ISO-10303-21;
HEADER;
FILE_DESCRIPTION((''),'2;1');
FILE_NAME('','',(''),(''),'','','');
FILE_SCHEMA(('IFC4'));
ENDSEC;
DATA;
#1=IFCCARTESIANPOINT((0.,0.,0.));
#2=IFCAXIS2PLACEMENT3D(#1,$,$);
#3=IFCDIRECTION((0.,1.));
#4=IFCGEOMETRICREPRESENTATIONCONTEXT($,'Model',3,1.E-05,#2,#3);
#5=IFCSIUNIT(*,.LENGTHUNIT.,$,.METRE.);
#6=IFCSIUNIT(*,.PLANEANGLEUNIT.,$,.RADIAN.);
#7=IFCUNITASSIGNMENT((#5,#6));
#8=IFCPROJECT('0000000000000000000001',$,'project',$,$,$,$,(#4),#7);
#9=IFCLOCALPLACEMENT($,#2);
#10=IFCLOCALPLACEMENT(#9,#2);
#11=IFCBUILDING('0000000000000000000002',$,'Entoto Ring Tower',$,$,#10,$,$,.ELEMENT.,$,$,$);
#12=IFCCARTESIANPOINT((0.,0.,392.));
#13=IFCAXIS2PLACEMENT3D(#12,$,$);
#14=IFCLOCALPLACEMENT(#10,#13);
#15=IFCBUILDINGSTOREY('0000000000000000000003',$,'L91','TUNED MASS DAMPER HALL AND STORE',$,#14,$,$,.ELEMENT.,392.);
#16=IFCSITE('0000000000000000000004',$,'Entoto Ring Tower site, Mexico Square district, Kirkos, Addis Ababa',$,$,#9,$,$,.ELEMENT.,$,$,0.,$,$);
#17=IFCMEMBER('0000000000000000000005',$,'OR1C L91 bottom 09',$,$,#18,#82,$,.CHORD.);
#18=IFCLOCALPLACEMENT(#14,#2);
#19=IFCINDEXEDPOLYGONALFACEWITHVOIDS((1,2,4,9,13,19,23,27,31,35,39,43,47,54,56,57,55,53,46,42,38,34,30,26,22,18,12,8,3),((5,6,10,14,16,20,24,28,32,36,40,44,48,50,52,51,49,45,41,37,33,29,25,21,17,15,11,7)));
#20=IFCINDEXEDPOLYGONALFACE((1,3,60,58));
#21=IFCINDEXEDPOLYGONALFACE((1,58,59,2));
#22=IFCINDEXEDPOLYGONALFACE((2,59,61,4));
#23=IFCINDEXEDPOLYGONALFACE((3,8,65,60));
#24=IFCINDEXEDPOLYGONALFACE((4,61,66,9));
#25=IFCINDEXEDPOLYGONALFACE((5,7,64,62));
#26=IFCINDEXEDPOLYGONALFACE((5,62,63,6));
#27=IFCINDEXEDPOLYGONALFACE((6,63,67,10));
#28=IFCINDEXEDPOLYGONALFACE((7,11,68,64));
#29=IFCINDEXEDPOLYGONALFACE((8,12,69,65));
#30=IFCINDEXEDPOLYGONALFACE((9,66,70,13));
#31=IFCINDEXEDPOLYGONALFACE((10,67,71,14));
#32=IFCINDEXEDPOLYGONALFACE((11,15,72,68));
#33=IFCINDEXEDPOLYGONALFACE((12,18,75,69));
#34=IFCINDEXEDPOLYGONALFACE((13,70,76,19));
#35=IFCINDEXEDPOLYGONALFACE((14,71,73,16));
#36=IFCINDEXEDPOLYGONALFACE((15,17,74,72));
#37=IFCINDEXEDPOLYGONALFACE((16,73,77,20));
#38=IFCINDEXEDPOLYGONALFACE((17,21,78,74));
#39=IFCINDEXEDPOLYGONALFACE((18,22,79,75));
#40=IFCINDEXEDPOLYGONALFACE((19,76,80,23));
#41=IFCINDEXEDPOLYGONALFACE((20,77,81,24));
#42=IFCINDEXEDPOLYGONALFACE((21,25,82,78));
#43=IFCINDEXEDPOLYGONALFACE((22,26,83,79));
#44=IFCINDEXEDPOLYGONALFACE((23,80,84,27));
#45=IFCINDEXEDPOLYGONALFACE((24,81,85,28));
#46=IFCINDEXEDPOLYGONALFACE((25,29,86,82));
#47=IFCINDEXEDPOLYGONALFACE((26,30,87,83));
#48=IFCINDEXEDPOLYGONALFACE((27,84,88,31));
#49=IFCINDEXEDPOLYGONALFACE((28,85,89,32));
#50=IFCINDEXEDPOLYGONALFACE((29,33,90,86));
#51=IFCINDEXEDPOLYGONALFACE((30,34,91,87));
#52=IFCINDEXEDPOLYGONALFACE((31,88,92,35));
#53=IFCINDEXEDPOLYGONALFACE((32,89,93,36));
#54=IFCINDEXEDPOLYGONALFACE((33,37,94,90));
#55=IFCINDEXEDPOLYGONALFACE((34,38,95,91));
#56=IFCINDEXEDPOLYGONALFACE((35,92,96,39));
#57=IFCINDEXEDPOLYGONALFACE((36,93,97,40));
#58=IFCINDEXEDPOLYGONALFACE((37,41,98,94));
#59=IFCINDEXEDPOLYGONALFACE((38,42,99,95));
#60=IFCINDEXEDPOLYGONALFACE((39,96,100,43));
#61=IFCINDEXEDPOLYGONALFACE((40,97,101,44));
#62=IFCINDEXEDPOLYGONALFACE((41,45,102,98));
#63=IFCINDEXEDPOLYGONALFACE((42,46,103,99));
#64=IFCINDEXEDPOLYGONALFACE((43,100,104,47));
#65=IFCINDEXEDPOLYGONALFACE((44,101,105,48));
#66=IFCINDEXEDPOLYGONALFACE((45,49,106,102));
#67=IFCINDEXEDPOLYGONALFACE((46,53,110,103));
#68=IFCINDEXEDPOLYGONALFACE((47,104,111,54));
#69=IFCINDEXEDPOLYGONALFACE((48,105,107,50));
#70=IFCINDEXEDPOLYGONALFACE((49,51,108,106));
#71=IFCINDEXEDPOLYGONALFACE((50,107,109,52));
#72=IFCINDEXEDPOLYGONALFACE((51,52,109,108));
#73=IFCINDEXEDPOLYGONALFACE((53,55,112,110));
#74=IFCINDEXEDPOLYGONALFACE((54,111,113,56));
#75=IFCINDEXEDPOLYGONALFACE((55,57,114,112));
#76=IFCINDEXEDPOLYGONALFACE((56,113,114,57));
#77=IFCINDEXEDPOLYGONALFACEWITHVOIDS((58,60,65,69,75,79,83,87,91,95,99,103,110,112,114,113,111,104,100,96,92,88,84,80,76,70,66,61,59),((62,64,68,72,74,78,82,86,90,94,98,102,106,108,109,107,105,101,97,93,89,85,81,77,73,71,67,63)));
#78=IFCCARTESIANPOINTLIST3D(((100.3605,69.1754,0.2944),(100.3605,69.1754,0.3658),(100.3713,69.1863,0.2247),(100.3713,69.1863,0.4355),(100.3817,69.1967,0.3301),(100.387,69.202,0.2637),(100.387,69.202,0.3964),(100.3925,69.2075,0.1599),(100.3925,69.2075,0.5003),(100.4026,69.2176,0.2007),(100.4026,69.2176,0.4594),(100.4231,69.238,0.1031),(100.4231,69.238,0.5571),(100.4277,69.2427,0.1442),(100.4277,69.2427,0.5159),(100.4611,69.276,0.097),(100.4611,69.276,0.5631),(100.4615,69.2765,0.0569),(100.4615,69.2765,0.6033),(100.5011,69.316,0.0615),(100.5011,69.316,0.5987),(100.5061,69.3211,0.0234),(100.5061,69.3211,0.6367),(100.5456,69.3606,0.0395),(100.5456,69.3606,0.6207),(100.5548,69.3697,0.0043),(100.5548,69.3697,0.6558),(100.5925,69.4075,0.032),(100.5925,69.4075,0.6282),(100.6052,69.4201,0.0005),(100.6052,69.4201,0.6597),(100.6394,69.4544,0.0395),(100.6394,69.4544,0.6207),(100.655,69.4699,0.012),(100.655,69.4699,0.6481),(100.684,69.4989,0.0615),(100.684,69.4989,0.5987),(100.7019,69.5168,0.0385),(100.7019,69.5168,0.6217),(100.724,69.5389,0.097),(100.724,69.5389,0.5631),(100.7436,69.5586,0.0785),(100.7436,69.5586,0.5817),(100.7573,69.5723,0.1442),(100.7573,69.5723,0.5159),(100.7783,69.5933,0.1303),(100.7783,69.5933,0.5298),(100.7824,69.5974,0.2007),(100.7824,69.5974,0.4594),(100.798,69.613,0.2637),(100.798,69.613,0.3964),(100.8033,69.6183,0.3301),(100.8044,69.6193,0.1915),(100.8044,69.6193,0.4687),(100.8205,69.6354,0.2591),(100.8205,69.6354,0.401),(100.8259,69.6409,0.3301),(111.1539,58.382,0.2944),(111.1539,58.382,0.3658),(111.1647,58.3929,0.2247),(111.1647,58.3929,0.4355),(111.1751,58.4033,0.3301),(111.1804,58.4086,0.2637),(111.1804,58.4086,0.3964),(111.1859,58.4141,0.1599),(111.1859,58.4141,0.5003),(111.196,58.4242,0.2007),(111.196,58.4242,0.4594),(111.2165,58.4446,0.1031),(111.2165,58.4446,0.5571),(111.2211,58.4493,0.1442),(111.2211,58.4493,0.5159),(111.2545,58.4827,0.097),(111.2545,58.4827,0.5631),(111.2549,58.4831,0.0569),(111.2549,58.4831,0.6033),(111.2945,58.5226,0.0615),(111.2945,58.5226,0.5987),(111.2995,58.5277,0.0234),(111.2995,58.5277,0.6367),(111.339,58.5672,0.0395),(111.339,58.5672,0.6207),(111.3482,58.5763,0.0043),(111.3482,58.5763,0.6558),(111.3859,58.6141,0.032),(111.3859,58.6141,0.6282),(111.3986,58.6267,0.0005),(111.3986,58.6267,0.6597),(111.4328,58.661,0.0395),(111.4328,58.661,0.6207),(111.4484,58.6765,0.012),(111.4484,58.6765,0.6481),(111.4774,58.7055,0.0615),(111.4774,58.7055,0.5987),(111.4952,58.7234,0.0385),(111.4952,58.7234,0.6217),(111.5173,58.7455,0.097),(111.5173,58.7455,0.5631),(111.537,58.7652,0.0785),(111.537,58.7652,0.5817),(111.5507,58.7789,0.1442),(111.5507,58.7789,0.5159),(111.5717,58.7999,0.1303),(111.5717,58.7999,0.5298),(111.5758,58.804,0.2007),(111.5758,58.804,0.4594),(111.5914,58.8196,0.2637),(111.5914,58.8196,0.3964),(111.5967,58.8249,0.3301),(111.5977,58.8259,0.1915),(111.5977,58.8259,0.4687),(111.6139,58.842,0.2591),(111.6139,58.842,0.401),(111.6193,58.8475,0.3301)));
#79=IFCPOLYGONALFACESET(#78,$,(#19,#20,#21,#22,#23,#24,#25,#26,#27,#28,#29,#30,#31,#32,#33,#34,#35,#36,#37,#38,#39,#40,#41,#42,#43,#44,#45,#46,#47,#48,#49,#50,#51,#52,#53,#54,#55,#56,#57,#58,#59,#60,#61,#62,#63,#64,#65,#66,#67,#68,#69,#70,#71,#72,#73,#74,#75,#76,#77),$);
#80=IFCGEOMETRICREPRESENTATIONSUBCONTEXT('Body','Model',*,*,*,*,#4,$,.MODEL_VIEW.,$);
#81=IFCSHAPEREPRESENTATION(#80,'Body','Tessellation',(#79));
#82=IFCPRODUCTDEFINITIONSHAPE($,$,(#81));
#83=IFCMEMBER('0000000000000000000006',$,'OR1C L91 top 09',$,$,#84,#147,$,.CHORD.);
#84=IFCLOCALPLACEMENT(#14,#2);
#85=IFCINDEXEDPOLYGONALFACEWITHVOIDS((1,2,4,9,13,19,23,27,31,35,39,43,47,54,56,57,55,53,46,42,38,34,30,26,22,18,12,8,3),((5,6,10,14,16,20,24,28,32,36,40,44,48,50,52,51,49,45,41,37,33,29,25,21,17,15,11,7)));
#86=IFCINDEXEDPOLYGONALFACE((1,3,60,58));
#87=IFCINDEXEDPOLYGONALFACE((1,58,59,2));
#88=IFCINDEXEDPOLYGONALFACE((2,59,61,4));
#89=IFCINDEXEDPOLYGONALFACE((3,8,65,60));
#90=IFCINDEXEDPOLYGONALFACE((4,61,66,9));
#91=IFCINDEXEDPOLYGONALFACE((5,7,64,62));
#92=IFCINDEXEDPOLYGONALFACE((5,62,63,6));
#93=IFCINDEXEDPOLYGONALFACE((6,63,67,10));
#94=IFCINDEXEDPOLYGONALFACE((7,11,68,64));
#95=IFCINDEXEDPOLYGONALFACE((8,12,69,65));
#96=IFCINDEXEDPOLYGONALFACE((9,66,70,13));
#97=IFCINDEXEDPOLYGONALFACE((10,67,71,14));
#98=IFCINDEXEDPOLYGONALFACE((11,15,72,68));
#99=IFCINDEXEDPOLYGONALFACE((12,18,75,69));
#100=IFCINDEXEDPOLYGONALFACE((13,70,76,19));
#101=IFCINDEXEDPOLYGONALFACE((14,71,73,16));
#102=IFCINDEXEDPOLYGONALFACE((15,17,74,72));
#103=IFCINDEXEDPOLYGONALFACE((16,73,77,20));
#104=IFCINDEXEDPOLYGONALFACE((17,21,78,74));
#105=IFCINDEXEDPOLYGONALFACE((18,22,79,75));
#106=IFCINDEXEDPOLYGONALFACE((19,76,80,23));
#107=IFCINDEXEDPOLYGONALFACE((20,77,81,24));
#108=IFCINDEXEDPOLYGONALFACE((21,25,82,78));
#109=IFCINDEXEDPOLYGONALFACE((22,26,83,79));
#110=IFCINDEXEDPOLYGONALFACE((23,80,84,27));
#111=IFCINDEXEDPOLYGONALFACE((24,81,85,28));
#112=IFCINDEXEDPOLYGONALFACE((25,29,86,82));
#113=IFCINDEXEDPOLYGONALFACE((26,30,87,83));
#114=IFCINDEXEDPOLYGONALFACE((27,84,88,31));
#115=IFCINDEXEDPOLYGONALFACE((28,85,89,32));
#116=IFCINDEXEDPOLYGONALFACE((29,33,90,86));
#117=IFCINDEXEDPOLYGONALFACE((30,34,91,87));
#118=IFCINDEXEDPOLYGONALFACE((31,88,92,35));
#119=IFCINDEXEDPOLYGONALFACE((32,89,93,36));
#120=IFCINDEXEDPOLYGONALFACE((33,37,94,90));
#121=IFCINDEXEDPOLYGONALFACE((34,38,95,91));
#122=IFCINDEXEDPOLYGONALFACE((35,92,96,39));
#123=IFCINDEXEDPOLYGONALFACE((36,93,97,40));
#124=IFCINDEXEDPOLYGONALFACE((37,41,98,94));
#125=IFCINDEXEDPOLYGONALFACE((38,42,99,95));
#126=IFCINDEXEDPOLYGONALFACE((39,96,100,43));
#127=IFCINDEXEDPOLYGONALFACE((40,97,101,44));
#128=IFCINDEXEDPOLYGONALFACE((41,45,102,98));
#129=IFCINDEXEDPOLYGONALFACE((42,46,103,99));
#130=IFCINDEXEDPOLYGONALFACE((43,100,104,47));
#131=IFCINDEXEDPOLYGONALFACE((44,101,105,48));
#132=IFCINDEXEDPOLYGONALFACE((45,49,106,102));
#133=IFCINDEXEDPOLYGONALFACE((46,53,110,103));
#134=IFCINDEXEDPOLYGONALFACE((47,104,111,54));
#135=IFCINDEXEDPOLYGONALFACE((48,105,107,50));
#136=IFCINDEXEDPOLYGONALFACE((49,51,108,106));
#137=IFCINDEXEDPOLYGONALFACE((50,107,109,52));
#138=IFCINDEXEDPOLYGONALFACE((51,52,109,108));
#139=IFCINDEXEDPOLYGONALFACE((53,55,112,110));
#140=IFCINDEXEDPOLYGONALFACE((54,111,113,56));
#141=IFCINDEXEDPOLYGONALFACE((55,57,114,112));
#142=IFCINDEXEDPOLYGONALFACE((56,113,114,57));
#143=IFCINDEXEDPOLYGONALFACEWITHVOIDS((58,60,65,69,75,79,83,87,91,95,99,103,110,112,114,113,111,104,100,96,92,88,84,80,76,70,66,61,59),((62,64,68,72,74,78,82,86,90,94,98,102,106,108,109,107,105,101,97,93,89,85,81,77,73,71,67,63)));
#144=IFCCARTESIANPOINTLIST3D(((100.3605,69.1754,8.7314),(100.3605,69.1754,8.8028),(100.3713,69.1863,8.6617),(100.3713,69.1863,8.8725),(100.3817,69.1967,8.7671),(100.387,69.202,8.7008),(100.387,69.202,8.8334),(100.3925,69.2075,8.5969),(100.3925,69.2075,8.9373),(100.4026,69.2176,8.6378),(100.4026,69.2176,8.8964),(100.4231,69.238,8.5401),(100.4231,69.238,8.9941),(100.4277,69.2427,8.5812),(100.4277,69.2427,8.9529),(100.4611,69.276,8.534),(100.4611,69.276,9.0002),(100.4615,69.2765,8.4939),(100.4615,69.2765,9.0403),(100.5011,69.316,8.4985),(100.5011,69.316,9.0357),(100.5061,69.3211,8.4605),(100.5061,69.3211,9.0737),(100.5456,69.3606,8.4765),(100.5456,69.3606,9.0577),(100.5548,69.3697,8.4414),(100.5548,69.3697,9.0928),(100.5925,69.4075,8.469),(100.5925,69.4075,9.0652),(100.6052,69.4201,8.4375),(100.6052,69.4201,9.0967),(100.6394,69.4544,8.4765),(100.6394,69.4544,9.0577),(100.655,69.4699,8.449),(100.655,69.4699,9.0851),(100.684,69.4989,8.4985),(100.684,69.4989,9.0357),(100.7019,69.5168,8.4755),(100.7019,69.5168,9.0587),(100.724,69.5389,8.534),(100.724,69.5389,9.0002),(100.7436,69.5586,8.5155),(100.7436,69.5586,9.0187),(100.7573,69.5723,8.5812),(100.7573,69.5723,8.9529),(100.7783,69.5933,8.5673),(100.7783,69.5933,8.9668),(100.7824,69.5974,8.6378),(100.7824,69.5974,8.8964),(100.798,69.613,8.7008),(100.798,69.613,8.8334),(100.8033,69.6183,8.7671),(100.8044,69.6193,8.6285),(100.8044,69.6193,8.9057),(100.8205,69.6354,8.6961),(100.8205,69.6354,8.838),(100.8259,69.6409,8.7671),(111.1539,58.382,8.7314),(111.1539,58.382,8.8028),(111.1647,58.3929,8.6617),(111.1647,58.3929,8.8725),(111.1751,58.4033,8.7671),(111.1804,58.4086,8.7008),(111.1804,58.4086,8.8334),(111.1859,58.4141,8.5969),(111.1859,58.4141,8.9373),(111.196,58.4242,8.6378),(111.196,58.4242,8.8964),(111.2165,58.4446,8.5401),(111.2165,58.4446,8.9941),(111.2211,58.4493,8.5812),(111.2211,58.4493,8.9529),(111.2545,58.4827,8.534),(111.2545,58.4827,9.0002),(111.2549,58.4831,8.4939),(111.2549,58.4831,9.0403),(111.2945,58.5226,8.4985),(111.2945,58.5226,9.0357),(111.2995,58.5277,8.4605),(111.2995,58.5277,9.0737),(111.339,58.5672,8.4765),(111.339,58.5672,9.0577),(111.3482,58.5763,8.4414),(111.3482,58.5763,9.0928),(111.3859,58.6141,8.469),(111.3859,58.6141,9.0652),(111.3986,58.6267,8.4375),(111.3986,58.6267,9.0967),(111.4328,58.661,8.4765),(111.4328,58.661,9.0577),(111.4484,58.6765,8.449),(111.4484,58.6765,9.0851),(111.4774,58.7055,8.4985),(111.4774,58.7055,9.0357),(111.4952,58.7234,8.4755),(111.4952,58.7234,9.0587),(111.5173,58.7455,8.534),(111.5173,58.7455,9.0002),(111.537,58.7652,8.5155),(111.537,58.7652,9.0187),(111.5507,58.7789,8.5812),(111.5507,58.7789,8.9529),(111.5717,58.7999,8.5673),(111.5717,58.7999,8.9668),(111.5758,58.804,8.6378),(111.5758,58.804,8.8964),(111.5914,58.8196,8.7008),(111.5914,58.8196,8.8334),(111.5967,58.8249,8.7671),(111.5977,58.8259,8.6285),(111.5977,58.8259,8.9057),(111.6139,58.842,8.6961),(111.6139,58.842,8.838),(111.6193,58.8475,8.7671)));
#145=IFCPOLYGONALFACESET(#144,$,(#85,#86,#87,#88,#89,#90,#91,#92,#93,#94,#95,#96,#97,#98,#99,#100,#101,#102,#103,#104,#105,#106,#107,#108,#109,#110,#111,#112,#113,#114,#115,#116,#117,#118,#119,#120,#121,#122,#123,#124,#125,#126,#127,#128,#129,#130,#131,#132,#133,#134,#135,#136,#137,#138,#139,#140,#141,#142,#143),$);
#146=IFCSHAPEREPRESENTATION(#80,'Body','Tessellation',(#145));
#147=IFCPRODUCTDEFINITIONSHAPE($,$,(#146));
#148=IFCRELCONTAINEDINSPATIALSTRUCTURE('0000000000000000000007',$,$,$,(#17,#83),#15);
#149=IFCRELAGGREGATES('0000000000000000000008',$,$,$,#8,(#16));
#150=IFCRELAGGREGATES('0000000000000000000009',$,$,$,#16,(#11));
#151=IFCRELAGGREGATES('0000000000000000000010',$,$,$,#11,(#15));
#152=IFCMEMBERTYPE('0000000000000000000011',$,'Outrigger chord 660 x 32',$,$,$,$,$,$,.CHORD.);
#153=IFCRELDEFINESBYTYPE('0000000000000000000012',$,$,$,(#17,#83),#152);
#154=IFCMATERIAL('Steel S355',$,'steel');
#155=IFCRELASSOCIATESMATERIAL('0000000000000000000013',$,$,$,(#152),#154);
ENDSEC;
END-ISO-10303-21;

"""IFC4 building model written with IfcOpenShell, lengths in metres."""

from ifc_helpers import new_model, si_unit, direction, frame, origin, origin_2d, place, context, subcontext, project, spatial, circle, hollow_circle, extrude, material, material_profile, profile_set, type_object, element, save


model = new_model("IFC4")

# Units and contexts
model_context = context("Model", 3, precision=1e-05, world=origin(), true_north=direction((0.0, 1.0)))
body_context = subcontext(model_context, "Body", "Model", "MODEL_VIEW")
ifc_project = project(units=[si_unit("LENGTHUNIT", "METRE"), si_unit("PLANEANGLEUNIT", "RADIAN")], contexts=[model_context])

# Site, building, storey
site_placement = place(None, origin())
site = spatial("IfcSite", under=ifc_project, at=site_placement, Name="Entoto Ring Tower site, Mexico Square district, Kirkos, Addis Ababa", CompositionType="ELEMENT", RefElevation=0.0)
building_placement = place(site_placement, origin())
building = spatial("IfcBuilding", under=site, at=building_placement, Name="Entoto Ring Tower", CompositionType="ELEMENT")
storey_placement = place(building_placement, frame((0.0, 0.0, 392.0)))
storey = spatial("IfcBuildingStorey", under=building, at=storey_placement, Name="L91", Description="TUNED MASS DAMPER HALL AND STORE", CompositionType="ELEMENT", Elevation=392.0)

# Members
ifc_material_1 = material(Name="Steel S355", Category="steel")
ifc_material_profile_1 = material_profile(ifc_material_1, hollow_circle(Radius=0.3301, WallThickness=0.032, at=origin_2d()), Name="CHS 660 x 32")
ifc_material_2 = material(Name="Concrete C60/75", Category="concrete")
ifc_material_profile_2 = material_profile(ifc_material_2, circle(Radius=0.2981, at=origin_2d()), Name="Concrete C60/75 infill")
ifc_profile_set_1 = profile_set([ifc_material_profile_1, ifc_material_profile_2], Name="Steel S355")
member_type_1 = type_object("IfcMemberType", Name="Outrigger chord 660 x 32", PredefinedType="CHORD", material=ifc_profile_set_1)
for number, where, z_axis, x_axis, name in (
    (1, (100.5925, 69.4075, 0.3301), (0.707107, -0.707107, 0.0), (0.707107, 0.707107, 0.0), "OR1C L91 bottom 09"),
    (2, (100.5925, 69.4075, 8.7671), (0.707107, -0.707107, 0.0), (0.707107, 0.707107, 0.0), "OR1C L91 top 09"),
):
    element("IfcMember", number, at=place(storey_placement, frame(where, z_axis=z_axis, x_axis=x_axis)), inside=storey, type_object=member_type_1, Name=name, PredefinedType="CHORD", context=body_context, shape_type="SweptSolid", body=[
        extrude(hollow_circle(Radius=0.3301, WallThickness=0.032, at=origin_2d()), origin(), (0.0, 0.0, 1.0), 15.2642),
    ])

save(model, "model.ifc")
